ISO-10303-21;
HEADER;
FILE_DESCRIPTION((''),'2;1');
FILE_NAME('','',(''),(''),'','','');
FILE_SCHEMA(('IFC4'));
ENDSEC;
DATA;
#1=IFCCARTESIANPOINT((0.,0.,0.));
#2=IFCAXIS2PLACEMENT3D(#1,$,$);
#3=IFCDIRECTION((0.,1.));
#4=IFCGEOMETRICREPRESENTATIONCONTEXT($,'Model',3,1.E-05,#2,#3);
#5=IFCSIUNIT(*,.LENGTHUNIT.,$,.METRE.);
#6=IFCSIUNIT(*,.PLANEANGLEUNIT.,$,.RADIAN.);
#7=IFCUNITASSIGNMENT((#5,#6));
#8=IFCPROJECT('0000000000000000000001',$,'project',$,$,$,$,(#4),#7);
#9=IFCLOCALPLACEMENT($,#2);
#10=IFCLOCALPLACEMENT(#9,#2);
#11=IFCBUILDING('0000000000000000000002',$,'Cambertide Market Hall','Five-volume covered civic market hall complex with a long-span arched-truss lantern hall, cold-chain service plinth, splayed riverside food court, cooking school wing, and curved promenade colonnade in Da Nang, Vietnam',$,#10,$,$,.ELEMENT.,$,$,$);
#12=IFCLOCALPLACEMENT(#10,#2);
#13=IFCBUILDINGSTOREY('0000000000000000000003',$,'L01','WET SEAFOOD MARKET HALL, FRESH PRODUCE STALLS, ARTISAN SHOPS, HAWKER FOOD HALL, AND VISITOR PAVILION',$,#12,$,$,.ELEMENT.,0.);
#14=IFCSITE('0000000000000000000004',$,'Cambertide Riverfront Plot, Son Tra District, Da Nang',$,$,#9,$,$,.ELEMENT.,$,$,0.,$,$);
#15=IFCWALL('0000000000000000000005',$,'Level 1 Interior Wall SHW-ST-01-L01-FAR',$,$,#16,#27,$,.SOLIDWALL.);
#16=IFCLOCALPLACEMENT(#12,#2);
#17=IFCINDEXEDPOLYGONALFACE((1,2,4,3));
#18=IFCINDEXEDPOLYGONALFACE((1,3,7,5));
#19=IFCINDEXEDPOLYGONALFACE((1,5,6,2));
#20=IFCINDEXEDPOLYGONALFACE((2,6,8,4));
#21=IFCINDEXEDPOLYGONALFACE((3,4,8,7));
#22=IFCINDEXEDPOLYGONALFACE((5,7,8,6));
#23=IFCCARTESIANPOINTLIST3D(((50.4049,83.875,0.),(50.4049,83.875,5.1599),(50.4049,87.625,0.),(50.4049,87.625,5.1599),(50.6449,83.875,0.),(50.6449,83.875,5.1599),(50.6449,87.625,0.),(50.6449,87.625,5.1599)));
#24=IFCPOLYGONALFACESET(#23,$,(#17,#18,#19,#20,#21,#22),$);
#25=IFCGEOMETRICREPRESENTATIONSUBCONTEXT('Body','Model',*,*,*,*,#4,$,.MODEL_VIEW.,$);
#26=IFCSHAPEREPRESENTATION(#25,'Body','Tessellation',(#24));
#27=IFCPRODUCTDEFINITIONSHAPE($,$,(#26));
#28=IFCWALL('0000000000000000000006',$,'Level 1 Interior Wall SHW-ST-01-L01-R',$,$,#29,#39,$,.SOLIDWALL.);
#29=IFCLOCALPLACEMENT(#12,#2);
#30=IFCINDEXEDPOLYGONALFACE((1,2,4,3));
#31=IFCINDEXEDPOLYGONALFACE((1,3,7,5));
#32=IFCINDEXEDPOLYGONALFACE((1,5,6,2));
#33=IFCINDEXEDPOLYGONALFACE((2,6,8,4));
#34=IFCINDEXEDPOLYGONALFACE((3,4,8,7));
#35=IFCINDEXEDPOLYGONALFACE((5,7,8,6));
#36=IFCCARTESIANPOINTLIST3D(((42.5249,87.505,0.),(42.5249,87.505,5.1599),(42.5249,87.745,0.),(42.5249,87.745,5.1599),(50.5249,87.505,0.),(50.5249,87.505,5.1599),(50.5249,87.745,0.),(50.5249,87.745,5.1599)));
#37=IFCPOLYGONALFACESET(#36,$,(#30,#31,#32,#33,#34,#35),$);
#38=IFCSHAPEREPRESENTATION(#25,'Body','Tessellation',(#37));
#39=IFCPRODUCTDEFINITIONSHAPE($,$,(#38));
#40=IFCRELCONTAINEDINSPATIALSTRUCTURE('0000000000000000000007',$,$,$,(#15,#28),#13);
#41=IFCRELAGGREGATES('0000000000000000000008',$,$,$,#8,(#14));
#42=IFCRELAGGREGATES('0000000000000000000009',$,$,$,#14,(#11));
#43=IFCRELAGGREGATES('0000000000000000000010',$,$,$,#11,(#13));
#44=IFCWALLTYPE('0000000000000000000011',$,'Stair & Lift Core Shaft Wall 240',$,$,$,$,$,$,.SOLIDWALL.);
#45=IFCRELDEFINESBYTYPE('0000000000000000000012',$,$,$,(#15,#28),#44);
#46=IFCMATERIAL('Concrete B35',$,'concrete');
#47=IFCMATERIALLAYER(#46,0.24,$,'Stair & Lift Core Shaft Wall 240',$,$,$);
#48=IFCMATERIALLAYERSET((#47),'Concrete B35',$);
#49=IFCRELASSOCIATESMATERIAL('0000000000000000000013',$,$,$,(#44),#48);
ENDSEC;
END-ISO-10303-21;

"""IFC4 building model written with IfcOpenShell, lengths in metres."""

from ifc_helpers import new_model, si_unit, direction, frame, frame_2d, origin, place, context, subcontext, project, spatial, rectangle, extrude, material, layer, layer_set, type_object, element, save


model = new_model("IFC4")

# Units and contexts
model_context = context("Model", 3, precision=1e-05, world=origin(), true_north=direction((0.0, 1.0)))
body_context = subcontext(model_context, "Body", "Model", "MODEL_VIEW")
ifc_project = project(units=[si_unit("LENGTHUNIT", "METRE"), si_unit("PLANEANGLEUNIT", "RADIAN")], contexts=[model_context])

# Site, building, storey
site_placement = place(None, origin())
site = spatial("IfcSite", under=ifc_project, at=site_placement, Name="Cambertide Riverfront Plot, Son Tra District, Da Nang", CompositionType="ELEMENT", RefElevation=0.0)
building_placement = place(site_placement, origin())
building = spatial("IfcBuilding", under=site, at=building_placement, Name="Cambertide Market Hall", Description="Five-volume covered civic market hall complex with a long-span arched-truss lantern hall, cold-chain service plinth, splayed riverside food court, cooking school wing, and curved promenade colonnade in Da Nang, Vietnam", CompositionType="ELEMENT")
storey_placement = place(building_placement, origin())
storey = spatial("IfcBuildingStorey", under=building, at=storey_placement, Name="L01", Description="WET SEAFOOD MARKET HALL, FRESH PRODUCE STALLS, ARTISAN SHOPS, HAWKER FOOD HALL, AND VISITOR PAVILION", CompositionType="ELEMENT", Elevation=0.0)

# Walls
ifc_material_1 = material(Name="Concrete B35", Category="concrete")
ifc_layer_1 = layer(ifc_material_1, 0.24, Name="Stair & Lift Core Shaft Wall 240")
ifc_layer_set_1 = layer_set([ifc_layer_1], Name="Concrete B35")
wall_type_1 = type_object("IfcWallType", Name="Stair & Lift Core Shaft Wall 240", PredefinedType="SOLIDWALL", material=ifc_layer_set_1)
wall_1_placement = place(storey_placement, frame((50.5249, 87.625, 0.0), z_axis=(0.0, 0.0, 1.0), x_axis=(0.0, -1.0, 0.0)))
element("IfcWall", 1, at=wall_1_placement, inside=storey, type_object=wall_type_1, Name="Level 1 Interior Wall SHW-ST-01-L01-FAR", PredefinedType="SOLIDWALL", context=body_context, shape_type="SweptSolid", body=[
    extrude(rectangle(XDim=3.75, YDim=0.24, at=frame_2d((1.875, 0.0))), origin(), (0.0, 0.0, 1.0), 5.1599),
])
wall_2_placement = place(storey_placement, frame((42.5249, 87.625, 0.0), z_axis=(0.0, 0.0, 1.0), x_axis=(1.0, 0.0, 0.0)))
element("IfcWall", 2, at=wall_2_placement, inside=storey, type_object=wall_type_1, Name="Level 1 Interior Wall SHW-ST-01-L01-R", PredefinedType="SOLIDWALL", context=body_context, shape_type="SweptSolid", body=[
    extrude(rectangle(XDim=8.0, YDim=0.24, at=frame_2d((4.0, 0.0))), origin(), (0.0, 0.0, 1.0), 5.1599),
])

save(model, "model.ifc")
